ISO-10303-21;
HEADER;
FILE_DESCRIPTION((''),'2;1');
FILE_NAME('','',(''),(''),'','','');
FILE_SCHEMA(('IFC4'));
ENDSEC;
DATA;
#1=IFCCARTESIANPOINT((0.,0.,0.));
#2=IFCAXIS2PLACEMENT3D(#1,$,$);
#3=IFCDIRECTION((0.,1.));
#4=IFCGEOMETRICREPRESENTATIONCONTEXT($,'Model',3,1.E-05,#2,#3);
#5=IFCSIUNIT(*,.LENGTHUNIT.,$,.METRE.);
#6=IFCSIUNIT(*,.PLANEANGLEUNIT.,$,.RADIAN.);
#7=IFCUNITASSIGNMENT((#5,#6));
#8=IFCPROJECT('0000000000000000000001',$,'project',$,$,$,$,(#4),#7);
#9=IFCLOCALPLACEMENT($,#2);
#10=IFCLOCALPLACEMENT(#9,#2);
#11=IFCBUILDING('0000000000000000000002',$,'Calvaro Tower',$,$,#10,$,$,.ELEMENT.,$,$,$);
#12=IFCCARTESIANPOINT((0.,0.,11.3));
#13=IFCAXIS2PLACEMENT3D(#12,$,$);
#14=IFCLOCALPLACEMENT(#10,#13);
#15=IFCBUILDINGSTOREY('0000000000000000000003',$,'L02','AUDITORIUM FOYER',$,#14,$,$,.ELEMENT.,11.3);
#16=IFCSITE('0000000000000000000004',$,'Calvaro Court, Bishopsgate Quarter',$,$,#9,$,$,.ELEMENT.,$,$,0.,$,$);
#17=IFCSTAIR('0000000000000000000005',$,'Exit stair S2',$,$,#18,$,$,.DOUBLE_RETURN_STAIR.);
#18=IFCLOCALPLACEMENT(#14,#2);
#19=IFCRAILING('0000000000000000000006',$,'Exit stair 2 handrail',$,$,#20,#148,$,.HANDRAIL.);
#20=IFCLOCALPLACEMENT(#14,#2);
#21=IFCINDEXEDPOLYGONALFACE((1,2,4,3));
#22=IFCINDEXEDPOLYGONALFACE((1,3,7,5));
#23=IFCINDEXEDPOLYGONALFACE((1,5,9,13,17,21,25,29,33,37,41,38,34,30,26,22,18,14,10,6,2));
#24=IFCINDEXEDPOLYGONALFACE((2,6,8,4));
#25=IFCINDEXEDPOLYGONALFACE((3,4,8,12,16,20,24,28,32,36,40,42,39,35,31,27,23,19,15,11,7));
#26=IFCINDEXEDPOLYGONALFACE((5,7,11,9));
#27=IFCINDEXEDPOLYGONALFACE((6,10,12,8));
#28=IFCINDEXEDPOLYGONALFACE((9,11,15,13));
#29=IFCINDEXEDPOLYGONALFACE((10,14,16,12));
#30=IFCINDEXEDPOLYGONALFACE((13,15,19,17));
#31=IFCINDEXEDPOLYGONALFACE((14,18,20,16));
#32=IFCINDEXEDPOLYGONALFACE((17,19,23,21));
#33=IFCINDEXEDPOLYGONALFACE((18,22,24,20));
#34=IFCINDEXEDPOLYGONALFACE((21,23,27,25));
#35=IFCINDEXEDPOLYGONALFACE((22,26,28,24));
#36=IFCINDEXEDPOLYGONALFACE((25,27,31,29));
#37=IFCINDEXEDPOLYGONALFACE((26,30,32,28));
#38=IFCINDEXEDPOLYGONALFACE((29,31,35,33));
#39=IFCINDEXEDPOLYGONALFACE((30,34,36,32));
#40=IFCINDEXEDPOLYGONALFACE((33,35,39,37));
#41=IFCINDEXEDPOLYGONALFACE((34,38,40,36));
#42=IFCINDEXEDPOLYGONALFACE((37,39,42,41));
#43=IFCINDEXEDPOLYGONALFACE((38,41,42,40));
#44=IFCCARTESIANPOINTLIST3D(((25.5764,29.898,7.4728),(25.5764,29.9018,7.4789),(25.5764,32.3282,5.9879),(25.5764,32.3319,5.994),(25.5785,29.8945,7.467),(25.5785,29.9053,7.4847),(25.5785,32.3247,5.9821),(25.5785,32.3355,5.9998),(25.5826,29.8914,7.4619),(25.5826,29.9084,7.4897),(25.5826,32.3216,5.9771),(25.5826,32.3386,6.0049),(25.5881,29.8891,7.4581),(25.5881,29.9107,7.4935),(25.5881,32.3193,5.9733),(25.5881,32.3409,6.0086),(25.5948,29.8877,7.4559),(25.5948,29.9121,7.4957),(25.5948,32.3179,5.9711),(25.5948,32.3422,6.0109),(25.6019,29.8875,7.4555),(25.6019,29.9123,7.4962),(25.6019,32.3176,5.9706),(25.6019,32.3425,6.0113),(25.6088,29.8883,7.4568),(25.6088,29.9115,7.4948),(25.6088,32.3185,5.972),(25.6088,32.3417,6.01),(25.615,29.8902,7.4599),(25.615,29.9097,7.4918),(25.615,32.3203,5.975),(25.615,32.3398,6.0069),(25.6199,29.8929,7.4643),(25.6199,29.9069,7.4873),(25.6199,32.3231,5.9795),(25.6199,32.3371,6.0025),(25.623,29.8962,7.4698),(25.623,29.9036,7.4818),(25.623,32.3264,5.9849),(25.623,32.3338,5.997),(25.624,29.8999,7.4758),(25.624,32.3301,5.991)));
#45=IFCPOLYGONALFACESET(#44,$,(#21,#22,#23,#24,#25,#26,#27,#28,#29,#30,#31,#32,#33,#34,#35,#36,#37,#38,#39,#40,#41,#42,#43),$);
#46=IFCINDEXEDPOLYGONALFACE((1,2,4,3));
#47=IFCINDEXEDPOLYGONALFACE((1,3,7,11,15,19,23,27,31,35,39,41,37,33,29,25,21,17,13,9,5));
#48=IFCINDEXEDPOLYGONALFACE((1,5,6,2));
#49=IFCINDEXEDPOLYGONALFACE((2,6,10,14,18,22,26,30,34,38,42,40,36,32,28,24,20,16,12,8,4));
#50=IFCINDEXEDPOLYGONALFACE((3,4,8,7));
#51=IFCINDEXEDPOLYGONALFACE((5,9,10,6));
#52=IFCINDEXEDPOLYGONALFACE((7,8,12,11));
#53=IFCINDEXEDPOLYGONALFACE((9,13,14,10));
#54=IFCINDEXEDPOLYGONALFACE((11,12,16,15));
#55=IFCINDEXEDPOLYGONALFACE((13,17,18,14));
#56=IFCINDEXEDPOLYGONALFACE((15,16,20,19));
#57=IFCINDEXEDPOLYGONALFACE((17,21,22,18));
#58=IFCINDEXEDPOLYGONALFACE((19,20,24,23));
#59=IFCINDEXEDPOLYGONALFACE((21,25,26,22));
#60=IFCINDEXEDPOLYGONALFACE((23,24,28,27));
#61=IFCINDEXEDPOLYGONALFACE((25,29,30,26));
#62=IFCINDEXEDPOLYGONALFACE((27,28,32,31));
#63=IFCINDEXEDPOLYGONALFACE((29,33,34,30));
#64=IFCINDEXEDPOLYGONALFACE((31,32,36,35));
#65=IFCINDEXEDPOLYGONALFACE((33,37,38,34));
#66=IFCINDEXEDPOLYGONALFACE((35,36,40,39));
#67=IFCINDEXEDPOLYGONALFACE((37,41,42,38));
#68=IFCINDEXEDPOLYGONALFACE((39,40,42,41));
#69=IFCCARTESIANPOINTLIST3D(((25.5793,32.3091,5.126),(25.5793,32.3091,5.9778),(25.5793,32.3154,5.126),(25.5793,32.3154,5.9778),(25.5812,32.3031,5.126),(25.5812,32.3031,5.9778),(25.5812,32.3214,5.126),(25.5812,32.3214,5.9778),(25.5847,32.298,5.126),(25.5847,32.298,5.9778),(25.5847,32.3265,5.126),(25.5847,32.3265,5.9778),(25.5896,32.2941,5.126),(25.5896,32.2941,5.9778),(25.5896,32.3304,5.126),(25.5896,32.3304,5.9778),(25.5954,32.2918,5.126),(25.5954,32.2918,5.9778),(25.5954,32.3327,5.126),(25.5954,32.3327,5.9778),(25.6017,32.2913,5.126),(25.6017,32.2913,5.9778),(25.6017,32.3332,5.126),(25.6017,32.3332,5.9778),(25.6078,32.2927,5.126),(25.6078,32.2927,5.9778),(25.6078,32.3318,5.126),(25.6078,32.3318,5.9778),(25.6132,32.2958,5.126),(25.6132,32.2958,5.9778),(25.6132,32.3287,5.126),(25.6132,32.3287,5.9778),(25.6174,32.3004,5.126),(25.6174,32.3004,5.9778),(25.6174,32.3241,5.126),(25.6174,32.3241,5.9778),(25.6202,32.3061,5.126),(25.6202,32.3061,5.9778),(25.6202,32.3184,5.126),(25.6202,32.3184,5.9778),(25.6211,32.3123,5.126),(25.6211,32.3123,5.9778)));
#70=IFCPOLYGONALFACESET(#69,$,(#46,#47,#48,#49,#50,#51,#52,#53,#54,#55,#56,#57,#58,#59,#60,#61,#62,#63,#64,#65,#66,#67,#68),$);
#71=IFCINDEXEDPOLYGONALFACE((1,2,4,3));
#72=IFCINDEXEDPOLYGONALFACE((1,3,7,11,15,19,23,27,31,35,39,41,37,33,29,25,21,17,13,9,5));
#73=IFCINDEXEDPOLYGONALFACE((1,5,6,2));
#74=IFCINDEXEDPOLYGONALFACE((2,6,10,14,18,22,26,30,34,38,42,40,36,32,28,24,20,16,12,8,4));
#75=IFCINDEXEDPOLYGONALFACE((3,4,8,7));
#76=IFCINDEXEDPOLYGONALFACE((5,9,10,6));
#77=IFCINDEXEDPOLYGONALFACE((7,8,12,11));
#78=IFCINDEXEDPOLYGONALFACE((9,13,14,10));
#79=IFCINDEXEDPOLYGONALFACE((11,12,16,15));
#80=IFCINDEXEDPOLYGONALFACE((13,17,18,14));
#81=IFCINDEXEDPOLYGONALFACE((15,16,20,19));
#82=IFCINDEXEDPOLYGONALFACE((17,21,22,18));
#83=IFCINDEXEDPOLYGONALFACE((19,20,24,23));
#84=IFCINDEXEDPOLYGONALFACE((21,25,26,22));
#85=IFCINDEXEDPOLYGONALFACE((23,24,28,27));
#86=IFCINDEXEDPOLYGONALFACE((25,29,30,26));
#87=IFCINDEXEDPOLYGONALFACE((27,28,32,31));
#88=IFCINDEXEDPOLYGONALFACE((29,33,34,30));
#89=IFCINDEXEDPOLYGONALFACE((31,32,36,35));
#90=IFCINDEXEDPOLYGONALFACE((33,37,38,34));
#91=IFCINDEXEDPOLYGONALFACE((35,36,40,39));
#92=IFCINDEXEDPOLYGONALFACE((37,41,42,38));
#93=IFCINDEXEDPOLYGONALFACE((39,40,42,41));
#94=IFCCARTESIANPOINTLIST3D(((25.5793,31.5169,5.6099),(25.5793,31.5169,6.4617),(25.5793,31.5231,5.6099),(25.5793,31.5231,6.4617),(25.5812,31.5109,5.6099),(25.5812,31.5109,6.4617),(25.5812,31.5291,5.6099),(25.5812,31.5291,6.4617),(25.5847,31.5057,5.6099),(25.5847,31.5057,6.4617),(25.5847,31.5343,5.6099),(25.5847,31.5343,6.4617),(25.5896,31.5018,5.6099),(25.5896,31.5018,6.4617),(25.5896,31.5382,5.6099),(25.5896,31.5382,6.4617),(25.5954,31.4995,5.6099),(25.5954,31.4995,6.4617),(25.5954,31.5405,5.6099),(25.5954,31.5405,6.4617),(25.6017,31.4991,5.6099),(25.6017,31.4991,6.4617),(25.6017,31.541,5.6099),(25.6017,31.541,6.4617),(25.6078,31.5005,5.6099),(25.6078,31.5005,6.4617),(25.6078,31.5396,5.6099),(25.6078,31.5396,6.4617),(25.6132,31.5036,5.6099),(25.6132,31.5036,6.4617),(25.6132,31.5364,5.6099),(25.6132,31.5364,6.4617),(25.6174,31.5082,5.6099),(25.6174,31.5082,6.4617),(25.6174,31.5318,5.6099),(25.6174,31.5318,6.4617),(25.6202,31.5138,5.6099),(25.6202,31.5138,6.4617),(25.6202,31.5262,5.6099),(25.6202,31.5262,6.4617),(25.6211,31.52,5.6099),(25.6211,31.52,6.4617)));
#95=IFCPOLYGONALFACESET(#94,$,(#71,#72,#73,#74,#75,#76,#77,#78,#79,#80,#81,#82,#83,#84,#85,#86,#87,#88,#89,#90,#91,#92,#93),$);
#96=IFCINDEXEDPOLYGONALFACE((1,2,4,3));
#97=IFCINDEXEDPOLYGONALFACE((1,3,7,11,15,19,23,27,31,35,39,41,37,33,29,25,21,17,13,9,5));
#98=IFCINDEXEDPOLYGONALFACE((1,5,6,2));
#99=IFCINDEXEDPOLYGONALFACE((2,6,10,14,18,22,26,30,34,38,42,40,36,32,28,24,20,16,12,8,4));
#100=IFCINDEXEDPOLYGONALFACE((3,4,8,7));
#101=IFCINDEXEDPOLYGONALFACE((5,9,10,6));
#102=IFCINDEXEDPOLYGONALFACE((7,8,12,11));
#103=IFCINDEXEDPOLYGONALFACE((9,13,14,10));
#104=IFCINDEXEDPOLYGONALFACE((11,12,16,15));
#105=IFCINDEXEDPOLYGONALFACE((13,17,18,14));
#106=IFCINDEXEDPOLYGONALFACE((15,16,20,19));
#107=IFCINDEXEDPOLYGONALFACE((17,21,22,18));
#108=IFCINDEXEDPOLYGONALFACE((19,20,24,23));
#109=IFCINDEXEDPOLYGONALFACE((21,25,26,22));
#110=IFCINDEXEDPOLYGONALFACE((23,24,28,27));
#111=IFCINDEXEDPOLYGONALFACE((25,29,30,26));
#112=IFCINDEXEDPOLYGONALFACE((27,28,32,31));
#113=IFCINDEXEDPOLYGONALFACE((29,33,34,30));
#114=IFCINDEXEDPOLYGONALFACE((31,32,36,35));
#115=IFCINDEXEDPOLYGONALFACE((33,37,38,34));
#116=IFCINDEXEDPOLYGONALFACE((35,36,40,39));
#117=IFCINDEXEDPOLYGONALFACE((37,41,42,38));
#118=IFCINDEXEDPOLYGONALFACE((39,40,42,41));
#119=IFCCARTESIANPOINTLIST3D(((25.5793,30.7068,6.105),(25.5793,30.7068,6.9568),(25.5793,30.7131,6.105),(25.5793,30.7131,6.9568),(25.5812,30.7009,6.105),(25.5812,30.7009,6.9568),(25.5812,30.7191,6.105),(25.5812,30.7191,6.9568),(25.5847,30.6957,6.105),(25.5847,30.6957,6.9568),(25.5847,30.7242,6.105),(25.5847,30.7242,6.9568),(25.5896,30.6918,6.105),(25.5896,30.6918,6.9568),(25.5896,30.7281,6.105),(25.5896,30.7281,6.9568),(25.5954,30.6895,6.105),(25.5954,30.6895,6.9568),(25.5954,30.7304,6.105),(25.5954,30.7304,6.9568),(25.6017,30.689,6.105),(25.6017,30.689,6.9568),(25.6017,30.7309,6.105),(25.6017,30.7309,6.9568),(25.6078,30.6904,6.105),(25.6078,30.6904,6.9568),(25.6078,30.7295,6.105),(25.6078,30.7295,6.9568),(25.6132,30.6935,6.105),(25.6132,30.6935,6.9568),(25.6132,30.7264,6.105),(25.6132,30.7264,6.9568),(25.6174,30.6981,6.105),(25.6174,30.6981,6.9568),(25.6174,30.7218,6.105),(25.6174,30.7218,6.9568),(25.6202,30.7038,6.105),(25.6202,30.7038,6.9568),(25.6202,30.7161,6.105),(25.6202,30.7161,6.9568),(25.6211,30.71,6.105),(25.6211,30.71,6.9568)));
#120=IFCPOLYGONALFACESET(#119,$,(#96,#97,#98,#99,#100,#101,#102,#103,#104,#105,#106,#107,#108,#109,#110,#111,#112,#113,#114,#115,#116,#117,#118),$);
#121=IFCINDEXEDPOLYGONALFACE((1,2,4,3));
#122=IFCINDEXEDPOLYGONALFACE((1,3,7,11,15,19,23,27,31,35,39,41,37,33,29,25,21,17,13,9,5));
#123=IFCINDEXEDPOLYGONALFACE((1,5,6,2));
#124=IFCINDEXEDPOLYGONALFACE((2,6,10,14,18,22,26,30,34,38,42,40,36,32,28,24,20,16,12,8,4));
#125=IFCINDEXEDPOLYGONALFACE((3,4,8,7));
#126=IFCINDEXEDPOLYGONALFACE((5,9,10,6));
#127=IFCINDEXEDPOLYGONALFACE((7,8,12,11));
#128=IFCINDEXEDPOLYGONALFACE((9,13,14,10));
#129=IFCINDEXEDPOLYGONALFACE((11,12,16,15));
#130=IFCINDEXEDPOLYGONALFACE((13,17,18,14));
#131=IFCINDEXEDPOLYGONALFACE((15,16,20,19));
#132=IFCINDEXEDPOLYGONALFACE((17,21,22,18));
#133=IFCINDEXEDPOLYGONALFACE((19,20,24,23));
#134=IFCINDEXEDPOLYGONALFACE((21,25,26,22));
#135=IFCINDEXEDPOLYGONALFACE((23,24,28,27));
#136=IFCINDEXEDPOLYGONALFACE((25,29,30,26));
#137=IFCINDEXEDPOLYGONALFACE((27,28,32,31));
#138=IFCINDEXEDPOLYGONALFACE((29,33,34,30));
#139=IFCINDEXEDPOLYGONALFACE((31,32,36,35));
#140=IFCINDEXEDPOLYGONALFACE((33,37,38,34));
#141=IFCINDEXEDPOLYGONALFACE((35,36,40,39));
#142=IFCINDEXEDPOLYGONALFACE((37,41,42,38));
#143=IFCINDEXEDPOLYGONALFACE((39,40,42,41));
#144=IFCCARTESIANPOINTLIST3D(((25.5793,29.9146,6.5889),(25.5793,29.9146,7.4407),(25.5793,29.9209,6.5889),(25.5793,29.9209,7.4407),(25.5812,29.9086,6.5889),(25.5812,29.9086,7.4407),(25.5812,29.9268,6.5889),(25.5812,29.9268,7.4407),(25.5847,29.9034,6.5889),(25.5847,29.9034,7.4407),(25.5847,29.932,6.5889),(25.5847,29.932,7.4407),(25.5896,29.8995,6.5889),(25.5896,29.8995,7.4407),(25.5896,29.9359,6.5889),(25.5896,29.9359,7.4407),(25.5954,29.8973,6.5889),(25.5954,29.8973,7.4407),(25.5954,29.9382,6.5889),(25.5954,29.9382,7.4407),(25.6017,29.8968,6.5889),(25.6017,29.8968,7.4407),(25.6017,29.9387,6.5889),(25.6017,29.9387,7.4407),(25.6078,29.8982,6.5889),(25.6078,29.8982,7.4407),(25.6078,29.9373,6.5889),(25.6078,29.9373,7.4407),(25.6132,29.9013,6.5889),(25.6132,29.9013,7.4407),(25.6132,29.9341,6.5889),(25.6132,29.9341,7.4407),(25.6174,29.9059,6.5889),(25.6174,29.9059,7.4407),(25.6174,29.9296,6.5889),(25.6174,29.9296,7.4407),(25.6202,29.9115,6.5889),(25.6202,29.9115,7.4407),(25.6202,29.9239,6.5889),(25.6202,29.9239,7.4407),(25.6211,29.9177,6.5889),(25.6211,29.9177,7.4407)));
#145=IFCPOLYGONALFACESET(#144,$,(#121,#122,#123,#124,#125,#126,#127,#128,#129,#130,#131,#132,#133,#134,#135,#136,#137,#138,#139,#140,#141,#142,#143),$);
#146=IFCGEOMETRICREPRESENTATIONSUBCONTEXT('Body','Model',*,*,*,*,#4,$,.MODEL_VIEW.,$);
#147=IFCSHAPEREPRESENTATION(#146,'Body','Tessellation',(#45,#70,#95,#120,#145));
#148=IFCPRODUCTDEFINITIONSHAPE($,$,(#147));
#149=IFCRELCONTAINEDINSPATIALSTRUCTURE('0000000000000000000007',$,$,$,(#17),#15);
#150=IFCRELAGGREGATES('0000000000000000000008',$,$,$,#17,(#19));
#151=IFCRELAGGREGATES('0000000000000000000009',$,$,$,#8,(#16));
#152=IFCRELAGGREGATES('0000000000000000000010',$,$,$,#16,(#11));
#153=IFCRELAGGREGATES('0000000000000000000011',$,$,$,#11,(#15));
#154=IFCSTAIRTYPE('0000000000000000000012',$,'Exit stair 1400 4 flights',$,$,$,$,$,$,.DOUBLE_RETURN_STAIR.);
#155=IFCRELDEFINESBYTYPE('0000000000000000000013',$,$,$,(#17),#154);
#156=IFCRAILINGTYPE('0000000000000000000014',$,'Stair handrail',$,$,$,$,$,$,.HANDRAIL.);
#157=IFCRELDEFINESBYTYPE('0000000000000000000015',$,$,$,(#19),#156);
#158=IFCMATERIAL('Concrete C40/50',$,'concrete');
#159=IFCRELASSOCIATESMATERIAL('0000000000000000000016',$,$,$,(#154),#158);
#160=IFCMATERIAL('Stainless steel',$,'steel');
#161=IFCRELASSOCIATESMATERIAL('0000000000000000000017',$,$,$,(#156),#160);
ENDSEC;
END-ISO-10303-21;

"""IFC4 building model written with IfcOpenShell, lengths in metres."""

from ifc_helpers import new_model, si_unit, direction, frame, origin, origin_2d, place, context, subcontext, project, spatial, circle, extrude, material, type_object, element, aggregate, save


model = new_model("IFC4")

# Units and contexts
model_context = context("Model", 3, precision=1e-05, world=origin(), true_north=direction((0.0, 1.0)))
body_context = subcontext(model_context, "Body", "Model", "MODEL_VIEW")
ifc_project = project(units=[si_unit("LENGTHUNIT", "METRE"), si_unit("PLANEANGLEUNIT", "RADIAN")], contexts=[model_context])

# Site, building, storey
site_placement = place(None, origin())
site = spatial("IfcSite", under=ifc_project, at=site_placement, Name="Calvaro Court, Bishopsgate Quarter", CompositionType="ELEMENT", RefElevation=0.0)
building_placement = place(site_placement, origin())
building = spatial("IfcBuilding", under=site, at=building_placement, Name="Calvaro Tower", CompositionType="ELEMENT")
storey_placement = place(building_placement, frame((0.0, 0.0, 11.3)))
storey = spatial("IfcBuildingStorey", under=building, at=storey_placement, Name="L02", Description="AUDITORIUM FOYER", CompositionType="ELEMENT", Elevation=11.3)

# Stair, railing
ifc_material_1 = material(Name="Concrete C40/50", Category="concrete")
stair_type = type_object("IfcStairType", Name="Exit stair 1400 4 flights", PredefinedType="DOUBLE_RETURN_STAIR", material=ifc_material_1)
stair_placement = place(storey_placement, origin())
stair = element("IfcStair", 1, at=stair_placement, inside=storey, type_object=stair_type, Name="Exit stair S2", PredefinedType="DOUBLE_RETURN_STAIR")
ifc_material_2 = material(Name="Stainless steel", Category="steel")
railing_type = type_object("IfcRailingType", Name="Stair handrail", PredefinedType="HANDRAIL", material=ifc_material_2)
railing_1_placement = place(storey_placement, frame((25.6001, 32.3301, 5.115)))
railing_1 = element("IfcRailing", 2, at=railing_1_placement, type_object=railing_type, Name="Exit stair 2 handrail", PredefinedType="HANDRAIL", context=body_context, shape_type="SweptSolid", body=[
    extrude(circle(Radius=0.0239, at=origin_2d()), frame((0.0, 0.0, 0.876), z_axis=(0.0, -0.85332, 0.521388), x_axis=(1.0, 0.0, 0.0)), (0.0, 0.0, 1.0), 2.8479),
    extrude(circle(Radius=0.021, at=origin_2d()), frame((0.0, -0.0178, 0.011)), (0.0, 0.0, 1.0), 0.8518),
    extrude(circle(Radius=0.021, at=origin_2d()), frame((0.0, -0.8101, 0.4949)), (0.0, 0.0, 1.0), 0.8518),
    extrude(circle(Radius=0.021, at=origin_2d()), frame((0.0, -1.6201, 0.99)), (0.0, 0.0, 1.0), 0.8518),
    extrude(circle(Radius=0.021, at=origin_2d()), frame((0.0, -2.4124, 1.4739)), (0.0, 0.0, 1.0), 0.8518),
])
aggregate(stair, [railing_1])

save(model, "model.ifc")
